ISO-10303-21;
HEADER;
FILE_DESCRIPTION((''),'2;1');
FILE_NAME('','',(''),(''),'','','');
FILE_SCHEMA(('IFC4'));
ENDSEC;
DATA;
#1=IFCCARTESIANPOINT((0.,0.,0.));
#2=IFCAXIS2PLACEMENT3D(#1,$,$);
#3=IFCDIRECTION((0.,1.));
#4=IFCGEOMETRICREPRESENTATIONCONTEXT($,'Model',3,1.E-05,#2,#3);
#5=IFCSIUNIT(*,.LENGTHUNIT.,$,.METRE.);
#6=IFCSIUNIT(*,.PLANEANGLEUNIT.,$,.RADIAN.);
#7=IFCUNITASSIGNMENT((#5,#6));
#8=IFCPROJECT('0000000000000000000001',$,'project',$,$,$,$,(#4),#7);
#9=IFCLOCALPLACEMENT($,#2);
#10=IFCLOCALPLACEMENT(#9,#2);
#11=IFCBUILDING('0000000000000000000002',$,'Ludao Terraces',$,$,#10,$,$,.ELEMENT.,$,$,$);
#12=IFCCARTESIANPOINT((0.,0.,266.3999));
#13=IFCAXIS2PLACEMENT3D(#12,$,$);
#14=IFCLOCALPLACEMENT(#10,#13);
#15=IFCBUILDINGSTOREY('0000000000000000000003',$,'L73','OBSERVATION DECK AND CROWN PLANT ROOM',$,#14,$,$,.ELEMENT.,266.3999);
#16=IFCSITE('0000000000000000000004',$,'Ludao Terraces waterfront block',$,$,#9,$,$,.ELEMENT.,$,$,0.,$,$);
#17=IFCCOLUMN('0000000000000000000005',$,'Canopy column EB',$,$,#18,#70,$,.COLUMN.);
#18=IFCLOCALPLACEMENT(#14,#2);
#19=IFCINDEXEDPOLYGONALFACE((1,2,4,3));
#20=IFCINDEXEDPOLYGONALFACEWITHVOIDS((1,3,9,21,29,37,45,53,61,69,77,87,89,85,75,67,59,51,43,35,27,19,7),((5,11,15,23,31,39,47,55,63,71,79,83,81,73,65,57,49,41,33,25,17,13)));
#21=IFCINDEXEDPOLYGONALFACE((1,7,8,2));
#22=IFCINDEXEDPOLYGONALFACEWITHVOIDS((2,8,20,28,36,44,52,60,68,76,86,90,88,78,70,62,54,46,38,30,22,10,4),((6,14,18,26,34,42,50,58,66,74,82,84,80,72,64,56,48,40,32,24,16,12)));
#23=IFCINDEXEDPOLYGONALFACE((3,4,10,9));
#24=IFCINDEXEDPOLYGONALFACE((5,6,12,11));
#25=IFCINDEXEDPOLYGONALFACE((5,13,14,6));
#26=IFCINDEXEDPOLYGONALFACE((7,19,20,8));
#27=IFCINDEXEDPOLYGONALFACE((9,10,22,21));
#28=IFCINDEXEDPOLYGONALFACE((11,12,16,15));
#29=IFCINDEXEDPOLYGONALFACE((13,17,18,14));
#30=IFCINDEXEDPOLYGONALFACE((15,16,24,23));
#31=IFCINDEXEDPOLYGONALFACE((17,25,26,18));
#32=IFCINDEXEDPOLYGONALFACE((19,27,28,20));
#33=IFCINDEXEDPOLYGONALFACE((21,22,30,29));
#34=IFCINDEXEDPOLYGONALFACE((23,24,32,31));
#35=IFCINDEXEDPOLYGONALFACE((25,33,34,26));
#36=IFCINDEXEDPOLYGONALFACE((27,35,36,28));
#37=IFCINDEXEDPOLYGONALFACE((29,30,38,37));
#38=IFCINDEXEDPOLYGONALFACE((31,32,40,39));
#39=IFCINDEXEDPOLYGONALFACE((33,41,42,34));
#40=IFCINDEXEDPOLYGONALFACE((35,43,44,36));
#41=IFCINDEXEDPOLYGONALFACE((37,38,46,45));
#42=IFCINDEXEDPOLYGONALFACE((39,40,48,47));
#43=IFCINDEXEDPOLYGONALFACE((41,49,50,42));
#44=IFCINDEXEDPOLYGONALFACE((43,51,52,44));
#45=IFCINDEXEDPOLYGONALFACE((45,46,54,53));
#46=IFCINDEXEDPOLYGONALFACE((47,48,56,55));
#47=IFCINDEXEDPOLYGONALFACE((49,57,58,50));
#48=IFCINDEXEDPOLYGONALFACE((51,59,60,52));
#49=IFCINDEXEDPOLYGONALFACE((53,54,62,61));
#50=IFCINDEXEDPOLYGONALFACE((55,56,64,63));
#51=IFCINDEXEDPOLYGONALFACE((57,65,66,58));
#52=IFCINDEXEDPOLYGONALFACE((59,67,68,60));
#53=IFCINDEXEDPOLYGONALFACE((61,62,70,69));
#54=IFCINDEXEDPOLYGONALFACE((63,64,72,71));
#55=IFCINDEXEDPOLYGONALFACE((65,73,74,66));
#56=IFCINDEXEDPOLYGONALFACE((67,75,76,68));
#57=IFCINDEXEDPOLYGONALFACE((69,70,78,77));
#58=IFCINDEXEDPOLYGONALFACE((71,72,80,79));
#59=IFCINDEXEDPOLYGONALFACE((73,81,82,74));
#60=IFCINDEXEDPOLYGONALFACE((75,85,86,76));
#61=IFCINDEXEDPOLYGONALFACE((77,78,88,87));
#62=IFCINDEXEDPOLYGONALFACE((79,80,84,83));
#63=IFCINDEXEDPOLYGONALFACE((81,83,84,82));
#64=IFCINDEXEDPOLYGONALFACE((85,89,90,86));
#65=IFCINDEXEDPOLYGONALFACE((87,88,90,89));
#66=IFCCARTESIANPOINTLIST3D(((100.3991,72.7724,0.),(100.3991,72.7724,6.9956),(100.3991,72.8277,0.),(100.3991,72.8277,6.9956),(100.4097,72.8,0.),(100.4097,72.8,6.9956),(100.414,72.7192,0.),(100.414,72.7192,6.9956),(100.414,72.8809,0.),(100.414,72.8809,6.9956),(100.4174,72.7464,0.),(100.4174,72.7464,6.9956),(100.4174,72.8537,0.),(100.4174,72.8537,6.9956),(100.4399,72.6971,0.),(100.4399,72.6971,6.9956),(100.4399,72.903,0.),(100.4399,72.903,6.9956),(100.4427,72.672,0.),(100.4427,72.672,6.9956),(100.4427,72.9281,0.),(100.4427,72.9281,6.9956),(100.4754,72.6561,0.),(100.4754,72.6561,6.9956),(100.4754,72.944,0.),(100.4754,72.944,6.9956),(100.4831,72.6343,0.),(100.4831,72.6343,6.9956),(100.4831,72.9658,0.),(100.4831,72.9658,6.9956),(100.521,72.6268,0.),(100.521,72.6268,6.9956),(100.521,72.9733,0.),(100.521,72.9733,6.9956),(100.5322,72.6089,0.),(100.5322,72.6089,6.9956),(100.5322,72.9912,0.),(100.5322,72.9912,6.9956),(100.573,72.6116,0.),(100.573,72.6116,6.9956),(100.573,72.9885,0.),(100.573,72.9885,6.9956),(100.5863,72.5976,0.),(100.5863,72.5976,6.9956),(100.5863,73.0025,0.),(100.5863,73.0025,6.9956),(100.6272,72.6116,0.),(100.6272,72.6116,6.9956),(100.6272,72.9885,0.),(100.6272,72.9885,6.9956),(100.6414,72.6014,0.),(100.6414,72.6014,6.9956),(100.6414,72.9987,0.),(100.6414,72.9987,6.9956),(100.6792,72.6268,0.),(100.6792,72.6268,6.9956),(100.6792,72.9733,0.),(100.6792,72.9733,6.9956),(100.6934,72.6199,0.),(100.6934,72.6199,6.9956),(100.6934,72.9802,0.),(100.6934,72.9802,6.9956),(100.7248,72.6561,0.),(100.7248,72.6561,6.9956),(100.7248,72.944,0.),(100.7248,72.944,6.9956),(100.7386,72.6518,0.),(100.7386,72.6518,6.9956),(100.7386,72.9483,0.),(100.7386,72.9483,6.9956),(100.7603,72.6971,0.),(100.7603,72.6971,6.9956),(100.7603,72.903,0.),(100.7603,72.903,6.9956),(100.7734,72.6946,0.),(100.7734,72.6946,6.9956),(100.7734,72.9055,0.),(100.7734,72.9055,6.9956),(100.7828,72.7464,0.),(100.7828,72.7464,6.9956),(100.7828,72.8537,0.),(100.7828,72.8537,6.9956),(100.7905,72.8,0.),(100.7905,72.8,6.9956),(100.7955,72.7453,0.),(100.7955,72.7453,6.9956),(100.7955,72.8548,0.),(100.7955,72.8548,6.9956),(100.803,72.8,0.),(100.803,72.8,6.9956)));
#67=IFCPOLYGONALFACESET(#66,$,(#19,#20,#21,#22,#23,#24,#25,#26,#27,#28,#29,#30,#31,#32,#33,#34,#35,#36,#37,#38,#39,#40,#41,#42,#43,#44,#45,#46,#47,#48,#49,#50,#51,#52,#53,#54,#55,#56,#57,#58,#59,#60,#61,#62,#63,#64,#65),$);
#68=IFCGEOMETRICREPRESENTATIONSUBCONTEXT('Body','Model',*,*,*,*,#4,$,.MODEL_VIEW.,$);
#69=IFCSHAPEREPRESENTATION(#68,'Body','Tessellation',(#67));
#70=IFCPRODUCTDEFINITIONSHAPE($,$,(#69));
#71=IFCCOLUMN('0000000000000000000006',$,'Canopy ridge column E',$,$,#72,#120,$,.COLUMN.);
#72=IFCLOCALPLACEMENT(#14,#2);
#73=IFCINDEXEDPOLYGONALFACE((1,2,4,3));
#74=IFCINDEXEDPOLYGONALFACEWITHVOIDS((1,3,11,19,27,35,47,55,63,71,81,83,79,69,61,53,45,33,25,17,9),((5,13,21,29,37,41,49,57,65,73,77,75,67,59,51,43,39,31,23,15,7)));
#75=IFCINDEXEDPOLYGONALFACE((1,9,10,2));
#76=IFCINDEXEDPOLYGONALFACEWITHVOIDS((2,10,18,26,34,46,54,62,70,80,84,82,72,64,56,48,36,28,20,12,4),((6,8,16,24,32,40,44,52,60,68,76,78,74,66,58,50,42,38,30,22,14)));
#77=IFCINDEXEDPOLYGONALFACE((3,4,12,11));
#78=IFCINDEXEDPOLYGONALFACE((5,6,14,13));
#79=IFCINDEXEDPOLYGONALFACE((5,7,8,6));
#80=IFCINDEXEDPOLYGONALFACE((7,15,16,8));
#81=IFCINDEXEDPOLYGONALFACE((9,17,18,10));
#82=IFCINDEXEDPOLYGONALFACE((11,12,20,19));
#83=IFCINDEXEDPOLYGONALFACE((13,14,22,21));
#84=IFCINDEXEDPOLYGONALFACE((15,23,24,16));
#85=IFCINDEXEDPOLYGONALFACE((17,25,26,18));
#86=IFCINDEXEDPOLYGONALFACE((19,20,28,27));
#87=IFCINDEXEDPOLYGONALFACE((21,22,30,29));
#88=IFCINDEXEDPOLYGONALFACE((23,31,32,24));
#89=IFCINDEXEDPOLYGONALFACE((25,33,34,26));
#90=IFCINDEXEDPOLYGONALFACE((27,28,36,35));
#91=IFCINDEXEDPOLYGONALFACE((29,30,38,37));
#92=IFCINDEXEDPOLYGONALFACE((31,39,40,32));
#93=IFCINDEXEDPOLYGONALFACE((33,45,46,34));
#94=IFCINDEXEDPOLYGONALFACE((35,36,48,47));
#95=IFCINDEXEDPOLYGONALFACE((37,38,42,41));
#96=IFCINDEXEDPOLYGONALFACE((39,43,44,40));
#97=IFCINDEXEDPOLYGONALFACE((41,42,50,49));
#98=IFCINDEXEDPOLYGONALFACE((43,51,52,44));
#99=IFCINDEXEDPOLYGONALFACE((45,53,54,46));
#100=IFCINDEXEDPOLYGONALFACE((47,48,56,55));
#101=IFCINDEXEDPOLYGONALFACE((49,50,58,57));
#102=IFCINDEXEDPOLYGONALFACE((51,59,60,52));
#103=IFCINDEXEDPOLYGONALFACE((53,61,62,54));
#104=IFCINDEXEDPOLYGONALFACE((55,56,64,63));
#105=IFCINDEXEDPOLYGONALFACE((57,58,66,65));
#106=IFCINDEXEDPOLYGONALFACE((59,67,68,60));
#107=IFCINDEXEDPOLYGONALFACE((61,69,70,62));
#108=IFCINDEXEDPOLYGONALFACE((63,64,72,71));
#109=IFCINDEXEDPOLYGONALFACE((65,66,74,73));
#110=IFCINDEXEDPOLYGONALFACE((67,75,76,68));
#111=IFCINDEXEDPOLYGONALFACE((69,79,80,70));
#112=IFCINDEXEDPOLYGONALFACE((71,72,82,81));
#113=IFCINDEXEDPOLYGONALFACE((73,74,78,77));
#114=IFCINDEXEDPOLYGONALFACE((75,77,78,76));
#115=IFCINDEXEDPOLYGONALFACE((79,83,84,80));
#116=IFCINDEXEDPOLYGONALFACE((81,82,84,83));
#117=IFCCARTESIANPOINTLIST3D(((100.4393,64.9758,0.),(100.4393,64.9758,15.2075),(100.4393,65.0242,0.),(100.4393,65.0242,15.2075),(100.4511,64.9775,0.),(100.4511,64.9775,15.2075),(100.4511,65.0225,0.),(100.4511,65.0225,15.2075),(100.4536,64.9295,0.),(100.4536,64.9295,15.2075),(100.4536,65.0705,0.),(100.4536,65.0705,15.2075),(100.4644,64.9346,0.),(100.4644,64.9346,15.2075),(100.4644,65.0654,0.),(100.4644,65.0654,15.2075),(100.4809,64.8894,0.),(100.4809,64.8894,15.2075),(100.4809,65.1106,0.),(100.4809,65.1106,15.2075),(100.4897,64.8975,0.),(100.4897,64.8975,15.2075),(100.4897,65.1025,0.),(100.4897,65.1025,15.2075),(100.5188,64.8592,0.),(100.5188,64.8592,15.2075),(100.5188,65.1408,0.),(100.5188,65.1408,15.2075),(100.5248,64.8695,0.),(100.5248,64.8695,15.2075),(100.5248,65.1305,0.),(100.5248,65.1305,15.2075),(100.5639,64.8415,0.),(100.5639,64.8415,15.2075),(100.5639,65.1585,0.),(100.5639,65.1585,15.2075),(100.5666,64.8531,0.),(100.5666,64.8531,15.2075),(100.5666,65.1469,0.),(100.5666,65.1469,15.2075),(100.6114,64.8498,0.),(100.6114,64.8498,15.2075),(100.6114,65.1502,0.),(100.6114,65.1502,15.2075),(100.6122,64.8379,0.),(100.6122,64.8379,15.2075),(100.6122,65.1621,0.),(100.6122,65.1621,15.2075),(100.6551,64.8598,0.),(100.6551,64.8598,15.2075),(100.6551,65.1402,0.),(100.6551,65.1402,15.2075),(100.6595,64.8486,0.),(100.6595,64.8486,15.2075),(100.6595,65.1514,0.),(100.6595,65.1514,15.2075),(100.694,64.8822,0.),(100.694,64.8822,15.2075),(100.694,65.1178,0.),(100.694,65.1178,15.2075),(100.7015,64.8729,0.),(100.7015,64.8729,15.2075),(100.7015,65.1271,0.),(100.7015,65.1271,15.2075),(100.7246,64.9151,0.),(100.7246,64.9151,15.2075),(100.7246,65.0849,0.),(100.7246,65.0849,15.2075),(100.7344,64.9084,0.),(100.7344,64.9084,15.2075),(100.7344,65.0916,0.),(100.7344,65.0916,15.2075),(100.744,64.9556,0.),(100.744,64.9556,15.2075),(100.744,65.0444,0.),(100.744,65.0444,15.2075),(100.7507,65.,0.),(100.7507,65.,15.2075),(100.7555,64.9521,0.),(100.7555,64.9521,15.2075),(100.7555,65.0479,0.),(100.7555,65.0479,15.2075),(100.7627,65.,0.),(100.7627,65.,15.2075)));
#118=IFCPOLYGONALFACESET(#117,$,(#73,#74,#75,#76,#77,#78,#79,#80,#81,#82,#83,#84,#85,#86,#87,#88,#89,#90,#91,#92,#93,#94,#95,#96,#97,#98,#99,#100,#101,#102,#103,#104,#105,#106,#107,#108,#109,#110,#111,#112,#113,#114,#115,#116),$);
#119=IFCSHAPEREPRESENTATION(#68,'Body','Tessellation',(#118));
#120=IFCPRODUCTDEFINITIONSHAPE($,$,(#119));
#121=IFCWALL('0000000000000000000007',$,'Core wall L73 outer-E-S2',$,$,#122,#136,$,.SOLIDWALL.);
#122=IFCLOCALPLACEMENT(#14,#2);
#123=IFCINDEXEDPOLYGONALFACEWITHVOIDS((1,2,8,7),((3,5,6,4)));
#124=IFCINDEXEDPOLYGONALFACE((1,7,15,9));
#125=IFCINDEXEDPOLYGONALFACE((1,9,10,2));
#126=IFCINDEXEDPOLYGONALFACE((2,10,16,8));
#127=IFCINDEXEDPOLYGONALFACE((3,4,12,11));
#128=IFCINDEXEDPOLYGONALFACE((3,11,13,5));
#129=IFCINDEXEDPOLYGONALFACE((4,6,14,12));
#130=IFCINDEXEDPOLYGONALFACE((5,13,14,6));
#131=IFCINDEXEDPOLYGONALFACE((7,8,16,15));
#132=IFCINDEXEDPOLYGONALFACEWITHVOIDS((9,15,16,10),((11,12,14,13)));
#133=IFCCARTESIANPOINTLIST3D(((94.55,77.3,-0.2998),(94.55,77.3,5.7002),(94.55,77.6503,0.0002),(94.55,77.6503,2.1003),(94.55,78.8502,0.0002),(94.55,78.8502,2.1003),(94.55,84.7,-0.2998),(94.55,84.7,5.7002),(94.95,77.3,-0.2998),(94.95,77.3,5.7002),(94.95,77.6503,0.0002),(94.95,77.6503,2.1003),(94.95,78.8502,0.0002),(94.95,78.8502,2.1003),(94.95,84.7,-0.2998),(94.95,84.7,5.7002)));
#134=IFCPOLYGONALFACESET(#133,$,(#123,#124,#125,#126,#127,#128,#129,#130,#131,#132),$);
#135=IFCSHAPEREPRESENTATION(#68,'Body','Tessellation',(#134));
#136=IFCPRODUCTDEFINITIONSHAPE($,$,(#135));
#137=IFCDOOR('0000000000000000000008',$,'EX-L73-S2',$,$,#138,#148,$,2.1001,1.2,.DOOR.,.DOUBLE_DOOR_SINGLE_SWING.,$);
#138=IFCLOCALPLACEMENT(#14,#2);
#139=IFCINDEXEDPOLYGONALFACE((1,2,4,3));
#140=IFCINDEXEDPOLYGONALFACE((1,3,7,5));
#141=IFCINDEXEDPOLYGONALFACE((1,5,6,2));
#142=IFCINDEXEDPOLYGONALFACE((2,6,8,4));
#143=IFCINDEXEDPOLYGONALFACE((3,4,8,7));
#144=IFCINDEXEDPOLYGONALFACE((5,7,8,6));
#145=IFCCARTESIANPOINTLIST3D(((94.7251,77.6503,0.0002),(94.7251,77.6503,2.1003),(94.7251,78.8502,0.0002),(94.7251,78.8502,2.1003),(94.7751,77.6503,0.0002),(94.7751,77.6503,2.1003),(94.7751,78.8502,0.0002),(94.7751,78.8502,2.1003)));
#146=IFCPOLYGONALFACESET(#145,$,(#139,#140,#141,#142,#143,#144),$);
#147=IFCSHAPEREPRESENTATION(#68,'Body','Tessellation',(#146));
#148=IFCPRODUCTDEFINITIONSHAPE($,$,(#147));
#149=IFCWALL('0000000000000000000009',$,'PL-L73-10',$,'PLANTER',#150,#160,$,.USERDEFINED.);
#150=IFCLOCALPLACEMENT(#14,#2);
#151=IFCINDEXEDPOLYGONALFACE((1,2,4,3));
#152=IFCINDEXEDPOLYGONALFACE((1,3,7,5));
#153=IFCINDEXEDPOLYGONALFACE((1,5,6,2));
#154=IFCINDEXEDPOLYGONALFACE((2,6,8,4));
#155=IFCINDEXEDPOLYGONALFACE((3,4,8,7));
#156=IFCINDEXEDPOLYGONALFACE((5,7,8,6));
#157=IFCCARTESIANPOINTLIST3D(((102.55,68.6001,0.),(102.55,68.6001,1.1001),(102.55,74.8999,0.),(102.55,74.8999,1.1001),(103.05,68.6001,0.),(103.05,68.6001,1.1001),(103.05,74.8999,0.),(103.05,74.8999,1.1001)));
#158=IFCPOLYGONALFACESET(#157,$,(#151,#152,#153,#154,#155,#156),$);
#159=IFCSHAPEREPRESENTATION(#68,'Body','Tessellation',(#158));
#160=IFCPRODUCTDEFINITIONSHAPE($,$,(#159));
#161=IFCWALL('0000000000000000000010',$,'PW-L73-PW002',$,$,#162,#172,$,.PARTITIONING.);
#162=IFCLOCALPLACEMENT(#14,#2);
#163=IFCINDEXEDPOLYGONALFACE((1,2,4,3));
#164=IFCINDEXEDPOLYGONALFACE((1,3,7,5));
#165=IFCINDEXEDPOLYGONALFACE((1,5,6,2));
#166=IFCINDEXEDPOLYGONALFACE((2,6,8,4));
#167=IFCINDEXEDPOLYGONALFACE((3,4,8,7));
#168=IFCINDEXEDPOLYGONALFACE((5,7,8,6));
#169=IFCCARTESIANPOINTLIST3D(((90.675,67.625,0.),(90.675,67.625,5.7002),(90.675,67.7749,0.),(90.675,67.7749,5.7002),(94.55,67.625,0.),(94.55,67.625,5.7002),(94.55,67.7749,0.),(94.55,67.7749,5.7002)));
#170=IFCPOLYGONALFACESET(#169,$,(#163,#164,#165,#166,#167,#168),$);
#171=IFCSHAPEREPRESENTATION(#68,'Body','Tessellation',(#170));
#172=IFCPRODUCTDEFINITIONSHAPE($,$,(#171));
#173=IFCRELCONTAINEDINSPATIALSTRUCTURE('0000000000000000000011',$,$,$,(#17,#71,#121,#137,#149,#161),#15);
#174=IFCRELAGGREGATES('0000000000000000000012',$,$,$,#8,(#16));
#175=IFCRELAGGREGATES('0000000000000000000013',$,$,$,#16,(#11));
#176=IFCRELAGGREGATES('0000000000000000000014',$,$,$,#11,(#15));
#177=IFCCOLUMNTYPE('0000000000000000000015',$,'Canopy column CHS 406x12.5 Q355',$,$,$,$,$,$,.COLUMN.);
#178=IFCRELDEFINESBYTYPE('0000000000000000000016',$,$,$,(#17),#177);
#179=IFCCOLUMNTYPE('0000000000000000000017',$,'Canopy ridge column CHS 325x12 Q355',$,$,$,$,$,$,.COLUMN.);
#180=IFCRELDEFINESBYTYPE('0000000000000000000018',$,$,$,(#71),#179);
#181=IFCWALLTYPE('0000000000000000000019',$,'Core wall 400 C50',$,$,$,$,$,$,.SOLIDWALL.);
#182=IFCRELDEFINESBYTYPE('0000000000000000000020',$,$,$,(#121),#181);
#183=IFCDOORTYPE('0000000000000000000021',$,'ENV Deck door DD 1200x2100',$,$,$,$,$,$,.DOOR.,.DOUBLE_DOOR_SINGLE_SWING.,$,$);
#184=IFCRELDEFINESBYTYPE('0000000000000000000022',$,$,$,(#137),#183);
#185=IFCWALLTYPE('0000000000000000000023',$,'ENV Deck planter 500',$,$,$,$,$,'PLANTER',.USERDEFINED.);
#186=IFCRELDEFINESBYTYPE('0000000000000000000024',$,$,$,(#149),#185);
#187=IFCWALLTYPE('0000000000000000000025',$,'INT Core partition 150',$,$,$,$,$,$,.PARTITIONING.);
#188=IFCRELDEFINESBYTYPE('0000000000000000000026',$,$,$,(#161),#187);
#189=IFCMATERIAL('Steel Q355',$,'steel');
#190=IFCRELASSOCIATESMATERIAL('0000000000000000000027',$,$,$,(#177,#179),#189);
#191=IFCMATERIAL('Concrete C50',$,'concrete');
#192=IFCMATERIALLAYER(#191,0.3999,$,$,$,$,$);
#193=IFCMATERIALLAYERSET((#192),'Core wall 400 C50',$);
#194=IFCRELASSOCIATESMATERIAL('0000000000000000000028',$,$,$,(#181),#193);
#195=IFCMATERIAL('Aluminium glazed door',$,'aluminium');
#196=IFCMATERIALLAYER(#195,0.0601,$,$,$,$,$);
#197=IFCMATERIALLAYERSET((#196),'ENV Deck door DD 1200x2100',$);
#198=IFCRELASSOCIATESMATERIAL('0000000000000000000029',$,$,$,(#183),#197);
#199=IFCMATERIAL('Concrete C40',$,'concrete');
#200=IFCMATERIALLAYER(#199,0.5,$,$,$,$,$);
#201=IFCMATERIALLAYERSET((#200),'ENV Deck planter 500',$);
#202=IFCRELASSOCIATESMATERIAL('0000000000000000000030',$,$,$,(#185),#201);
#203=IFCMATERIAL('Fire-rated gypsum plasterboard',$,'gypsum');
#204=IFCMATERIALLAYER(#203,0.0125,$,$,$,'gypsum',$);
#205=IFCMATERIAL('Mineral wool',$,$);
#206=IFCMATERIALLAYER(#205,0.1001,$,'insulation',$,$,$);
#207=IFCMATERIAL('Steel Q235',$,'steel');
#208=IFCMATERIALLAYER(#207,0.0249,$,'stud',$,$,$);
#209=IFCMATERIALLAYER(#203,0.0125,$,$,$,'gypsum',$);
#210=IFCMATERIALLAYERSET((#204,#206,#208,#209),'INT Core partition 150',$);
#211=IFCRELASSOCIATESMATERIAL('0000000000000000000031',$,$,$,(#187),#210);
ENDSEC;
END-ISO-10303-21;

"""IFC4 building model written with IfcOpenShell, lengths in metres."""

from ifc_helpers import new_model, si_unit, direction, frame, frame_2d, origin, origin_2d, place, context, subcontext, project, spatial, rectangle, hollow_circle, extrude, material, layer, layer_set, material_profile, profile_set, type_object, element, fill, save


model = new_model("IFC4")

# Units and contexts
model_context = context("Model", 3, precision=1e-05, world=origin(), true_north=direction((0.0, 1.0)))
body_context = subcontext(model_context, "Body", "Model", "MODEL_VIEW")
ifc_project = project(units=[si_unit("LENGTHUNIT", "METRE"), si_unit("PLANEANGLEUNIT", "RADIAN")], contexts=[model_context])

# Site, building, storey
site_placement = place(None, origin())
site = spatial("IfcSite", under=ifc_project, at=site_placement, Name="Ludao Terraces waterfront block", CompositionType="ELEMENT", RefElevation=0.0)
building_placement = place(site_placement, origin())
building = spatial("IfcBuilding", under=site, at=building_placement, Name="Ludao Terraces", CompositionType="ELEMENT")
storey_placement = place(building_placement, frame((0.0, 0.0, 266.3999)))
storey = spatial("IfcBuildingStorey", under=building, at=storey_placement, Name="L73", Description="OBSERVATION DECK AND CROWN PLANT ROOM", CompositionType="ELEMENT", Elevation=266.3999)

# Columns
ifc_material_1 = material(Name="Steel Q355", Category="steel")
ifc_material_profile_1 = material_profile(ifc_material_1, hollow_circle(Radius=0.2029, WallThickness=0.0125, at=origin_2d()), Name="CHS 406X12.5")
ifc_profile_set_1 = profile_set([ifc_material_profile_1], Name="Steel Q355")
column_type_1 = type_object("IfcColumnType", Name="Canopy column CHS 406x12.5 Q355", PredefinedType="COLUMN", material=ifc_profile_set_1)
column_1_placement = place(storey_placement, frame((100.6001, 72.8, 0.0), z_axis=(0.0, 0.0, 1.0), x_axis=(1.0, 0.0, 0.0)))
element("IfcColumn", 1, at=column_1_placement, inside=storey, type_object=column_type_1, Name="Canopy column EB", PredefinedType="COLUMN", context=body_context, shape_type="SweptSolid", body=[
    extrude(hollow_circle(Radius=0.2029, WallThickness=0.0125, at=origin_2d()), origin(), (0.0, 0.0, 1.0), 6.9956),
])
ifc_material_profile_2 = material_profile(ifc_material_1, hollow_circle(Radius=0.1626, WallThickness=0.012, at=origin_2d()), Name="CHS 325X12")
ifc_profile_set_2 = profile_set([ifc_material_profile_2], Name="Steel Q355")
column_type_2 = type_object("IfcColumnType", Name="Canopy ridge column CHS 325x12 Q355", PredefinedType="COLUMN", material=ifc_profile_set_2)
column_2_placement = place(storey_placement, frame((100.6001, 65.0, 0.0), z_axis=(0.0, 0.0, 1.0), x_axis=(1.0, 0.0, 0.0)))
element("IfcColumn", 2, at=column_2_placement, inside=storey, type_object=column_type_2, Name="Canopy ridge column E", PredefinedType="COLUMN", context=body_context, shape_type="SweptSolid", body=[
    extrude(hollow_circle(Radius=0.1626, WallThickness=0.012, at=origin_2d()), origin(), (0.0, 0.0, 1.0), 15.2075),
])

# Wall, opening, door
ifc_material_2 = material(Name="Concrete C50", Category="concrete")
ifc_layer_1 = layer(ifc_material_2, 0.3999)
ifc_layer_set_1 = layer_set([ifc_layer_1], Name="Core wall 400 C50")
wall_type_1 = type_object("IfcWallType", Name="Core wall 400 C50", PredefinedType="SOLIDWALL", material=ifc_layer_set_1)
wall_1_placement = place(storey_placement, frame((94.75, 77.3, -0.2998), z_axis=(0.0, 0.0, 1.0), x_axis=(0.0, 1.0, 0.0)))
wall_1 = element("IfcWall", 3, at=wall_1_placement, inside=storey, type_object=wall_type_1, Name="Core wall L73 outer-E-S2", PredefinedType="SOLIDWALL", context=body_context, shape_type="SweptSolid", body=[
    extrude(rectangle(XDim=7.3999, YDim=0.3999, at=frame_2d((3.7, 0.0))), origin(), (0.0, 0.0, 1.0), 6.0),
])
opening_1_placement = place(wall_1_placement, frame((0.3501, 0.0, 0.3)))
opening_1 = element("IfcOpeningElement", 4, at=opening_1_placement, cuts=wall_1, PredefinedType="OPENING", context=body_context, shape_type="SweptSolid", body=[
    extrude(rectangle(XDim=1.2, YDim=2.1001, at=frame_2d((0.6001, 1.05))), frame((0.0, 0.21, 0.0), z_axis=(0.0, -1.0, 0.0), x_axis=(1.0, 0.0, 0.0)), (0.0, 0.0, 1.0), 0.4199),
])
ifc_material_3 = material(Name="Aluminium glazed door", Category="aluminium")
ifc_layer_2 = layer(ifc_material_3, 0.0601)
ifc_layer_set_2 = layer_set([ifc_layer_2], Name="ENV Deck door DD 1200x2100")
door_type_1 = type_object("IfcDoorType", Name="ENV Deck door DD 1200x2100", OperationType="DOUBLE_DOOR_SINGLE_SWING", PredefinedType="DOOR", material=ifc_layer_set_2)
door_1_placement = place(opening_1_placement, origin())
door_1 = element("IfcDoor", 5, at=door_1_placement, inside=storey, type_object=door_type_1, Name="EX-L73-S2", OperationType="DOUBLE_DOOR_SINGLE_SWING", OverallHeight=2.1001, OverallWidth=1.2, PredefinedType="DOOR", context=body_context, shape_type="SweptSolid", body=[
    extrude(rectangle(XDim=1.2, YDim=2.1001, at=frame_2d((0.6001, 1.05))), frame((0.0, 0.0249, 0.0), z_axis=(0.0, -1.0, 0.0), x_axis=(1.0, 0.0, 0.0)), (0.0, 0.0, 1.0), 0.05),
])
fill(opening_1, door_1)

# Walls
ifc_material_4 = material(Name="Concrete C40", Category="concrete")
ifc_layer_3 = layer(ifc_material_4, 0.5)
ifc_layer_set_3 = layer_set([ifc_layer_3], Name="ENV Deck planter 500")
wall_type_2 = type_object("IfcWallType", Name="ENV Deck planter 500", ElementType="PLANTER", PredefinedType="USERDEFINED", material=ifc_layer_set_3)
wall_2_placement = place(storey_placement, frame((102.8, 68.6001, 0.0), z_axis=(0.0, 0.0, 1.0), x_axis=(0.0, 1.0, 0.0)))
element("IfcWall", 6, at=wall_2_placement, inside=storey, type_object=wall_type_2, Name="PL-L73-10", ObjectType="PLANTER", PredefinedType="USERDEFINED", context=body_context, shape_type="SweptSolid", body=[
    extrude(rectangle(XDim=6.2998, YDim=0.5, at=frame_2d((3.1499, 0.0))), origin(), (0.0, 0.0, 1.0), 1.1001),
])
ifc_material_5 = material(Name="Fire-rated gypsum plasterboard", Category="gypsum")
ifc_layer_4 = layer(ifc_material_5, 0.0125, Category="gypsum")
ifc_material_6 = material(Name="Mineral wool")
ifc_layer_5 = layer(ifc_material_6, 0.1001, Name="insulation")
ifc_material_7 = material(Name="Steel Q235", Category="steel")
ifc_layer_6 = layer(ifc_material_7, 0.0249, Name="stud")
ifc_layer_7 = layer(ifc_material_5, 0.0125, Category="gypsum")
ifc_layer_set_4 = layer_set([ifc_layer_4, ifc_layer_5, ifc_layer_6, ifc_layer_7], Name="INT Core partition 150")
wall_type_3 = type_object("IfcWallType", Name="INT Core partition 150", PredefinedType="PARTITIONING", material=ifc_layer_set_4)
wall_3_placement = place(storey_placement, frame((90.675, 67.7, 0.0), z_axis=(0.0, 0.0, 1.0), x_axis=(1.0, 0.0, 0.0)))
element("IfcWall", 7, at=wall_3_placement, inside=storey, type_object=wall_type_3, Name="PW-L73-PW002", PredefinedType="PARTITIONING", context=body_context, shape_type="SweptSolid", body=[
    extrude(rectangle(XDim=3.875, YDim=0.1499, at=frame_2d((1.9375, 0.0))), origin(), (0.0, 0.0, 1.0), 5.7002),
])

save(model, "model.ifc")
